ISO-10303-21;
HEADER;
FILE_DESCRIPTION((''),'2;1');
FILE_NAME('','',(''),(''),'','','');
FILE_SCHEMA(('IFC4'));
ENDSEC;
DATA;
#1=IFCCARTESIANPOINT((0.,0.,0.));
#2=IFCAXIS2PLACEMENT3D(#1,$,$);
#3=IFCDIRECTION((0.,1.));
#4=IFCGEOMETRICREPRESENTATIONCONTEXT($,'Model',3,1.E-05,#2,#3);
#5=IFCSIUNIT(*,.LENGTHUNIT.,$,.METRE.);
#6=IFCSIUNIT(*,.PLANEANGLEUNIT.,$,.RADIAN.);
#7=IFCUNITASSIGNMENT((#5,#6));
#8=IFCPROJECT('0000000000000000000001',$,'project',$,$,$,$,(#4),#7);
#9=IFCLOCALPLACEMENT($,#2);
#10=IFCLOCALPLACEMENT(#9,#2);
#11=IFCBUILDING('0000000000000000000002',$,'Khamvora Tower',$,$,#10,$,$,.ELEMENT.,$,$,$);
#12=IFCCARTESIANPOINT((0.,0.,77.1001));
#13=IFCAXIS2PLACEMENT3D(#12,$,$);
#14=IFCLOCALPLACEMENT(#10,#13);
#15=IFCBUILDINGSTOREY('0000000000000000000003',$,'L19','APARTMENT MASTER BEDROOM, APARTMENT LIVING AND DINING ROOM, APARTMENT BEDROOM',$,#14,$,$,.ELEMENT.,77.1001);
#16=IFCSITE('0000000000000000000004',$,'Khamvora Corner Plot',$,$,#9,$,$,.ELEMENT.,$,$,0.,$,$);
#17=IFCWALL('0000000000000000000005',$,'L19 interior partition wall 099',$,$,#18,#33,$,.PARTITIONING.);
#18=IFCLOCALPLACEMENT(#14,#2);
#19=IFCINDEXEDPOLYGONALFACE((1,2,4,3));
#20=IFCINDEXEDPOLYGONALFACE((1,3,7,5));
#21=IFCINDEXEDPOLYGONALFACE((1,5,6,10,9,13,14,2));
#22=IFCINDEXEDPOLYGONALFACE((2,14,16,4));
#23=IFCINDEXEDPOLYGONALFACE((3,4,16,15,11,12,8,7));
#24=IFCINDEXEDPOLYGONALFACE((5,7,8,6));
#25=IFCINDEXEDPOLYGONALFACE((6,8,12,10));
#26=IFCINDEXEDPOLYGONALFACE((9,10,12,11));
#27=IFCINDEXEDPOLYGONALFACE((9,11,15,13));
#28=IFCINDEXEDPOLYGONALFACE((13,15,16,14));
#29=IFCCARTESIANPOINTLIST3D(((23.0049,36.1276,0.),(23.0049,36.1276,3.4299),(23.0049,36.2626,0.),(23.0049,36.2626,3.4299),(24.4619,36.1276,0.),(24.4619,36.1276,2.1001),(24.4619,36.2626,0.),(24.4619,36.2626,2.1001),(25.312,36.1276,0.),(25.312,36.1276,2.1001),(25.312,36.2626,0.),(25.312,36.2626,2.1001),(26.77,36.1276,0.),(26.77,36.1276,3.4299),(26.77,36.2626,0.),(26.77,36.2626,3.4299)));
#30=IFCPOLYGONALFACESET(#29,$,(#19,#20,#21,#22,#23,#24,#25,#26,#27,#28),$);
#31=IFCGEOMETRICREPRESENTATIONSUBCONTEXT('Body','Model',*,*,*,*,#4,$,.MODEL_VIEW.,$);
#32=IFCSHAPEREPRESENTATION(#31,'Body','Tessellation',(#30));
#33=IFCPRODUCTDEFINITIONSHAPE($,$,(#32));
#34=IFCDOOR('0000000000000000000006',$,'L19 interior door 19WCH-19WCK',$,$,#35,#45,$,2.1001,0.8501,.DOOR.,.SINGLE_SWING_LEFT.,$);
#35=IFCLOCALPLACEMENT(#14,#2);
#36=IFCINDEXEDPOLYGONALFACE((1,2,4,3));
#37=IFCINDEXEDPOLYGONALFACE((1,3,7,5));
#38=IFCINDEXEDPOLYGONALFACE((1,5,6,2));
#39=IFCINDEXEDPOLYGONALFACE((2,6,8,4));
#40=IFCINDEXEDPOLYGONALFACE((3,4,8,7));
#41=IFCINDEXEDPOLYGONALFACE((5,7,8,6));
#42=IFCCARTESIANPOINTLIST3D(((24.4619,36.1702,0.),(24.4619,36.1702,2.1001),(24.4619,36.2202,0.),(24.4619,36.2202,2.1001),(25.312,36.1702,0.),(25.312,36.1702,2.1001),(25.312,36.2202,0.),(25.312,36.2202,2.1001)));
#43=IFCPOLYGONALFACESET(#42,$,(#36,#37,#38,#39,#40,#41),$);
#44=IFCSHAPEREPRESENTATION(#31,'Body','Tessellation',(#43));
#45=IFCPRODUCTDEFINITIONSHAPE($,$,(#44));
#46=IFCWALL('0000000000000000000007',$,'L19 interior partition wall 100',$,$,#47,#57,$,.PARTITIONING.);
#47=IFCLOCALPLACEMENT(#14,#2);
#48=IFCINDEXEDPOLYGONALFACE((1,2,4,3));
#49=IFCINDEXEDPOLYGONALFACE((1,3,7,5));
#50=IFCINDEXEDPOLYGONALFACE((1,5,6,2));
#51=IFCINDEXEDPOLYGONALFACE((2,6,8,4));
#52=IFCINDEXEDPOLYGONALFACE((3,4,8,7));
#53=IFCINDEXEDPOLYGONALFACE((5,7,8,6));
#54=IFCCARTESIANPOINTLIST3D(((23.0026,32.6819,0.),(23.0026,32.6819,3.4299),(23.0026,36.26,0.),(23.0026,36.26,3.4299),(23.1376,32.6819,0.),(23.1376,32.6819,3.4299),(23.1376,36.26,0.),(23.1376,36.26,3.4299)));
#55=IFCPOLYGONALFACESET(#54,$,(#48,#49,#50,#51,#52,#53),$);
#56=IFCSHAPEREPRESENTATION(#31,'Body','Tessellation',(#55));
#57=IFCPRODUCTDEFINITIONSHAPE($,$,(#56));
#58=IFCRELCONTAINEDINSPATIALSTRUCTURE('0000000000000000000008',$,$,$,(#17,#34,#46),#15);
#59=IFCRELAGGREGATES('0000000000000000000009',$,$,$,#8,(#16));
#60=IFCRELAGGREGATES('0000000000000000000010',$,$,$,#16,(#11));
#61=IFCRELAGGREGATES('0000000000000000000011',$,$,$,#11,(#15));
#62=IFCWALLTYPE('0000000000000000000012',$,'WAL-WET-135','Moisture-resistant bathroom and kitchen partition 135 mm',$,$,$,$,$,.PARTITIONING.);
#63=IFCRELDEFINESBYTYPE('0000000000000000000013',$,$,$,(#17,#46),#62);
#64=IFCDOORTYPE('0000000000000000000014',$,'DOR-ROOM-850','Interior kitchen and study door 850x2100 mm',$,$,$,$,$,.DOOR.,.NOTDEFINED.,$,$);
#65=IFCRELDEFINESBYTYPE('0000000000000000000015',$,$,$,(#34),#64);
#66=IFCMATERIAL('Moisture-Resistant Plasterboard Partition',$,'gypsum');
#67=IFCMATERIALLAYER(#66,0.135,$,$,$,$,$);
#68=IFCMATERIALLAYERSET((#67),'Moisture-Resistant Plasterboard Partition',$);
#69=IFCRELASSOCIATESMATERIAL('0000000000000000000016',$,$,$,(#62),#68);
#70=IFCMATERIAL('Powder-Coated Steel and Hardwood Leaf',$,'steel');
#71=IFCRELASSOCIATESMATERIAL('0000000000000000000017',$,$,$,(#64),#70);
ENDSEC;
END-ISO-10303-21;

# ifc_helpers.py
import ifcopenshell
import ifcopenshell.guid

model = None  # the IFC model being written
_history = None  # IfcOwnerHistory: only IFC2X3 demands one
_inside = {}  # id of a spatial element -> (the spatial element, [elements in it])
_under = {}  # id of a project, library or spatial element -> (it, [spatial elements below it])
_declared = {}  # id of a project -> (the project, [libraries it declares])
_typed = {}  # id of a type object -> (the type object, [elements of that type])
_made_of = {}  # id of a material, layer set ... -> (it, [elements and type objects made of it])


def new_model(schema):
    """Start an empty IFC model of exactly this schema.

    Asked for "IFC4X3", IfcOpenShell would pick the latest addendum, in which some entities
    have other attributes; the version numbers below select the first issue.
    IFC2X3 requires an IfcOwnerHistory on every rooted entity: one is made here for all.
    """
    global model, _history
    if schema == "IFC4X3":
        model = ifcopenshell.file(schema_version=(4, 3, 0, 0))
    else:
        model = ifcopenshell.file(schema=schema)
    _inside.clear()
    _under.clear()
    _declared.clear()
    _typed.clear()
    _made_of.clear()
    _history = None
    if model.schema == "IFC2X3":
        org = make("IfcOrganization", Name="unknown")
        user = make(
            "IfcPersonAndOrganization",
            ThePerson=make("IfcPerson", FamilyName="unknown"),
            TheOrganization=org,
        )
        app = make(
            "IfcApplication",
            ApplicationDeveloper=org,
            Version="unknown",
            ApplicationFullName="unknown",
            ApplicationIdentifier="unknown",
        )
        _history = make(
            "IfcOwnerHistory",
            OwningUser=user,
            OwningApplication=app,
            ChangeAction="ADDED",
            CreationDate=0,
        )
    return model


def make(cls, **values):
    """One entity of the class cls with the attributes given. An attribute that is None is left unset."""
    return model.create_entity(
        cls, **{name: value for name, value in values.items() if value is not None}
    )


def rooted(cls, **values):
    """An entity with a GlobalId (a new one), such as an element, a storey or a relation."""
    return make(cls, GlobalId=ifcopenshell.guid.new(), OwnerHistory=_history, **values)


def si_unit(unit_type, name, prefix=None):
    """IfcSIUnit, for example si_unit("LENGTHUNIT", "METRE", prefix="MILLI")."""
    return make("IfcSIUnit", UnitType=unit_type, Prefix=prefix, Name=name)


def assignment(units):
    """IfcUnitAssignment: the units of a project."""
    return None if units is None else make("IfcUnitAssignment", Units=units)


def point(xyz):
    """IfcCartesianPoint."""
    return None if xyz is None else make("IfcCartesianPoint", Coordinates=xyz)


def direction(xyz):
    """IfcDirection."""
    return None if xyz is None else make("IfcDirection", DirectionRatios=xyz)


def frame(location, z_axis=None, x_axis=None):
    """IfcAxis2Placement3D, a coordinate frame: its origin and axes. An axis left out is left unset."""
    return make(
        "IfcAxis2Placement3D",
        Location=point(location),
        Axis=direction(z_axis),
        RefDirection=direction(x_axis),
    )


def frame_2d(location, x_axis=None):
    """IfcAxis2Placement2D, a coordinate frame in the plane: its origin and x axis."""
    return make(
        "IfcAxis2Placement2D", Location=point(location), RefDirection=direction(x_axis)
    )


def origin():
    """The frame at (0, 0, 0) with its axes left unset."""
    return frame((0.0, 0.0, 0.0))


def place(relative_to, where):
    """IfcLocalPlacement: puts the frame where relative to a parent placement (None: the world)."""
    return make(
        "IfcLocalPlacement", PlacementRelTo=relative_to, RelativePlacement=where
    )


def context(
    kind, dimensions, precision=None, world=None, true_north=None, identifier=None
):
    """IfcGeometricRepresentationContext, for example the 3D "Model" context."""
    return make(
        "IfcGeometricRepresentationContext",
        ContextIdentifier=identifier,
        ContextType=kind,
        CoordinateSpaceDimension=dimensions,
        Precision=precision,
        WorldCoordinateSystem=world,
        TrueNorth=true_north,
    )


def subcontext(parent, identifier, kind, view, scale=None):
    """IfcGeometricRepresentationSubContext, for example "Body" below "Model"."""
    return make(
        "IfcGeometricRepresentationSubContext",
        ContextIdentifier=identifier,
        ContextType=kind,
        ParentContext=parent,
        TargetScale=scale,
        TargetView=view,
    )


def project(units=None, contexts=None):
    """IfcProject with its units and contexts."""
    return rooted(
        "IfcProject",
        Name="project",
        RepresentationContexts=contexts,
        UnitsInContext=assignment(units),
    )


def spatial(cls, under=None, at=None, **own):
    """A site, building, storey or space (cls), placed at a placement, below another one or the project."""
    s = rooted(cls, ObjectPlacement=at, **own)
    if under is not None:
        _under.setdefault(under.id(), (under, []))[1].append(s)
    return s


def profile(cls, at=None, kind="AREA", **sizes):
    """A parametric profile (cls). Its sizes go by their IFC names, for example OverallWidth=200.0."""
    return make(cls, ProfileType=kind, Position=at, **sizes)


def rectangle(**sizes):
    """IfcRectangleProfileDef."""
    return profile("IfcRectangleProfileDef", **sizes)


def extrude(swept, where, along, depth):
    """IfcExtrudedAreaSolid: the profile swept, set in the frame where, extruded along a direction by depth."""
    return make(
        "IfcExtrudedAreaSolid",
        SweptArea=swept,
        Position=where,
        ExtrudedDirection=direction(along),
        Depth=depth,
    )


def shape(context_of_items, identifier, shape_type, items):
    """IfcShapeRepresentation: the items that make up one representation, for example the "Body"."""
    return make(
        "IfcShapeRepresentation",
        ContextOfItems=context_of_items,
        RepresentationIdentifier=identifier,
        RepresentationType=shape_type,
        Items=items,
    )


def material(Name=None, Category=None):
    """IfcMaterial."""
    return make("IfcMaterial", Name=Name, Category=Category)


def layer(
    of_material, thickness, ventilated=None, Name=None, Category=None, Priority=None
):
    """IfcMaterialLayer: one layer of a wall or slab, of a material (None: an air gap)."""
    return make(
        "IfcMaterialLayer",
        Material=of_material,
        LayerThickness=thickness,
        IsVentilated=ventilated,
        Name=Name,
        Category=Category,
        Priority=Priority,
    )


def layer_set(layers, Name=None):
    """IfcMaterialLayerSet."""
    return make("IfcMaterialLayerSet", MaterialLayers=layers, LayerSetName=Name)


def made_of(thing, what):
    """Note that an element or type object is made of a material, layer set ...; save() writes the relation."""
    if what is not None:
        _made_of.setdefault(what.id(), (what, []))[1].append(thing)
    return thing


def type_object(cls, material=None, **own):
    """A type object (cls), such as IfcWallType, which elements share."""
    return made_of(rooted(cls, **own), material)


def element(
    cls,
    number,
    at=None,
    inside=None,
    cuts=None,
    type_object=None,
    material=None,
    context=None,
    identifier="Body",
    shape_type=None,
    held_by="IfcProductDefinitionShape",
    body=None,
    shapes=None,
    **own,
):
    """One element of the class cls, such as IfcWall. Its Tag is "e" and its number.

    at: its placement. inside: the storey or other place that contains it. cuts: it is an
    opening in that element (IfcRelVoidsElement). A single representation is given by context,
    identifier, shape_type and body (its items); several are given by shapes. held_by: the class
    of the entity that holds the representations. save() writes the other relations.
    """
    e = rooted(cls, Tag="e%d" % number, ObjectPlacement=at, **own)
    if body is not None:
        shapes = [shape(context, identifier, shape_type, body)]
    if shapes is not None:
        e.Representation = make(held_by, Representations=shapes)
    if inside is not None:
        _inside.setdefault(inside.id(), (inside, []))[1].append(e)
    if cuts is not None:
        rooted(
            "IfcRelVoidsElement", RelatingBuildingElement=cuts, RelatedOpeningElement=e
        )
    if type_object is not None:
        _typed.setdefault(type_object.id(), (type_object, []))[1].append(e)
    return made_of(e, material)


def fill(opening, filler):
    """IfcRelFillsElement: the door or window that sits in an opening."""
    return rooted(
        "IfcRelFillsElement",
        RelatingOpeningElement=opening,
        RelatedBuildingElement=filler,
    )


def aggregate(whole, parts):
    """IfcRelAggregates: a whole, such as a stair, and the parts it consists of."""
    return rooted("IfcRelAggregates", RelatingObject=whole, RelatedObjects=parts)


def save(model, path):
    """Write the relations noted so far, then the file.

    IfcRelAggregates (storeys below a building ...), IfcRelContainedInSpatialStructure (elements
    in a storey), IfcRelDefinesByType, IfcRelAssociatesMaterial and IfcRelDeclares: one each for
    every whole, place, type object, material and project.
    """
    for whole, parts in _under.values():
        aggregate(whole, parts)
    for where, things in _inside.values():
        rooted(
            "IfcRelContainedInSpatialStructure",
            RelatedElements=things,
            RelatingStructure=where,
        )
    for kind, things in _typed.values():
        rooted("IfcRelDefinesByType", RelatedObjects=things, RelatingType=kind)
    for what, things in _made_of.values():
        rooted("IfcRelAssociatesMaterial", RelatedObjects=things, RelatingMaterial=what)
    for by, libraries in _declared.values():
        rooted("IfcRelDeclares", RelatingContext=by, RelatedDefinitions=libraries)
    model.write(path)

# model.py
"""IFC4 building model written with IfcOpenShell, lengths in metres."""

from ifc_helpers import new_model, si_unit, direction, frame, frame_2d, origin, place, context, subcontext, project, spatial, rectangle, extrude, material, layer, layer_set, type_object, element, fill, save


model = new_model("IFC4")

# Units and contexts
model_context = context("Model", 3, precision=1e-05, world=origin(), true_north=direction((0.0, 1.0)))
body_context = subcontext(model_context, "Body", "Model", "MODEL_VIEW")
ifc_project = project(units=[si_unit("LENGTHUNIT", "METRE"), si_unit("PLANEANGLEUNIT", "RADIAN")], contexts=[model_context])

# Site, building, storey
site_placement = place(None, origin())
site = spatial("IfcSite", under=ifc_project, at=site_placement, Name="Khamvora Corner Plot", CompositionType="ELEMENT", RefElevation=0.0)
building_placement = place(site_placement, origin())
building = spatial("IfcBuilding", under=site, at=building_placement, Name="Khamvora Tower", CompositionType="ELEMENT")
storey_placement = place(building_placement, frame((0.0, 0.0, 77.1001)))
storey = spatial("IfcBuildingStorey", under=building, at=storey_placement, Name="L19", Description="APARTMENT MASTER BEDROOM, APARTMENT LIVING AND DINING ROOM, APARTMENT BEDROOM", CompositionType="ELEMENT", Elevation=77.1001)

# Shared definitions
ifc_material_1 = material(Name="Powder-Coated Steel and Hardwood Leaf", Category="steel")

# Shared definitions
ifc_material_2 = material(Name="Moisture-Resistant Plasterboard Partition", Category="gypsum")
ifc_layer_1 = layer(ifc_material_2, 0.135)
ifc_layer_set_1 = layer_set([ifc_layer_1], Name="Moisture-Resistant Plasterboard Partition")
wall_type_1 = type_object("IfcWallType", Name="WAL-WET-135", Description="Moisture-resistant bathroom and kitchen partition 135 mm", PredefinedType="PARTITIONING", material=ifc_layer_set_1)
door_type_1 = type_object("IfcDoorType", Name="DOR-ROOM-850", Description="Interior kitchen and study door 850x2100 mm", OperationType="NOTDEFINED", PredefinedType="DOOR", material=ifc_material_1)

# Wall, opening, door
wall_1_placement = place(storey_placement, frame((26.77, 36.1951, 0.0), z_axis=(0.0, 0.0, 1.0), x_axis=(-1.0, 0.0, 0.0)))
wall_1 = element("IfcWall", 1, at=wall_1_placement, inside=storey, type_object=wall_type_1, Name="L19 interior partition wall 099", PredefinedType="PARTITIONING", context=body_context, shape_type="SweptSolid", body=[
    extrude(rectangle(XDim=3.7651, YDim=0.135, at=frame_2d((1.8826, 0.0))), origin(), (0.0, 0.0, 1.0), 3.4299),
])
opening_1_placement = place(wall_1_placement, frame((1.458, 0.0, 0.0)))
opening_1 = element("IfcOpeningElement", 2, at=opening_1_placement, cuts=wall_1, PredefinedType="OPENING", context=body_context, shape_type="SweptSolid", body=[
    extrude(rectangle(XDim=0.8501, YDim=2.1001, at=frame_2d((0.425, 1.05))), frame((0.0, 0.0774, 0.0), z_axis=(0.0, -1.0, 0.0), x_axis=(1.0, 0.0, 0.0)), (0.0, 0.0, 1.0), 0.155),
])
door_1_placement = place(opening_1_placement, origin())
door_1 = element("IfcDoor", 3, at=door_1_placement, inside=storey, type_object=door_type_1, Name="L19 interior door 19WCH-19WCK", OperationType="SINGLE_SWING_LEFT", OverallHeight=2.1001, OverallWidth=0.8501, PredefinedType="DOOR", context=body_context, shape_type="SweptSolid", body=[
    extrude(rectangle(XDim=0.8501, YDim=2.1001, at=frame_2d((0.425, 1.05))), frame((0.0, 0.0249, 0.0), z_axis=(0.0, -1.0, 0.0), x_axis=(1.0, 0.0, 0.0)), (0.0, 0.0, 1.0), 0.05),
])
fill(opening_1, door_1)

# Wall
wall_2_placement = place(storey_placement, frame((23.0701, 36.26, 0.0), z_axis=(0.0, 0.0, 1.0), x_axis=(0.0, -1.0, 0.0)))
element("IfcWall", 4, at=wall_2_placement, inside=storey, type_object=wall_type_1, Name="L19 interior partition wall 100", PredefinedType="PARTITIONING", context=body_context, shape_type="SweptSolid", body=[
    extrude(rectangle(XDim=3.5781, YDim=0.135, at=frame_2d((1.7891, 0.0))), origin(), (0.0, 0.0, 1.0), 3.4299),
])

save(model, "model.ifc")
